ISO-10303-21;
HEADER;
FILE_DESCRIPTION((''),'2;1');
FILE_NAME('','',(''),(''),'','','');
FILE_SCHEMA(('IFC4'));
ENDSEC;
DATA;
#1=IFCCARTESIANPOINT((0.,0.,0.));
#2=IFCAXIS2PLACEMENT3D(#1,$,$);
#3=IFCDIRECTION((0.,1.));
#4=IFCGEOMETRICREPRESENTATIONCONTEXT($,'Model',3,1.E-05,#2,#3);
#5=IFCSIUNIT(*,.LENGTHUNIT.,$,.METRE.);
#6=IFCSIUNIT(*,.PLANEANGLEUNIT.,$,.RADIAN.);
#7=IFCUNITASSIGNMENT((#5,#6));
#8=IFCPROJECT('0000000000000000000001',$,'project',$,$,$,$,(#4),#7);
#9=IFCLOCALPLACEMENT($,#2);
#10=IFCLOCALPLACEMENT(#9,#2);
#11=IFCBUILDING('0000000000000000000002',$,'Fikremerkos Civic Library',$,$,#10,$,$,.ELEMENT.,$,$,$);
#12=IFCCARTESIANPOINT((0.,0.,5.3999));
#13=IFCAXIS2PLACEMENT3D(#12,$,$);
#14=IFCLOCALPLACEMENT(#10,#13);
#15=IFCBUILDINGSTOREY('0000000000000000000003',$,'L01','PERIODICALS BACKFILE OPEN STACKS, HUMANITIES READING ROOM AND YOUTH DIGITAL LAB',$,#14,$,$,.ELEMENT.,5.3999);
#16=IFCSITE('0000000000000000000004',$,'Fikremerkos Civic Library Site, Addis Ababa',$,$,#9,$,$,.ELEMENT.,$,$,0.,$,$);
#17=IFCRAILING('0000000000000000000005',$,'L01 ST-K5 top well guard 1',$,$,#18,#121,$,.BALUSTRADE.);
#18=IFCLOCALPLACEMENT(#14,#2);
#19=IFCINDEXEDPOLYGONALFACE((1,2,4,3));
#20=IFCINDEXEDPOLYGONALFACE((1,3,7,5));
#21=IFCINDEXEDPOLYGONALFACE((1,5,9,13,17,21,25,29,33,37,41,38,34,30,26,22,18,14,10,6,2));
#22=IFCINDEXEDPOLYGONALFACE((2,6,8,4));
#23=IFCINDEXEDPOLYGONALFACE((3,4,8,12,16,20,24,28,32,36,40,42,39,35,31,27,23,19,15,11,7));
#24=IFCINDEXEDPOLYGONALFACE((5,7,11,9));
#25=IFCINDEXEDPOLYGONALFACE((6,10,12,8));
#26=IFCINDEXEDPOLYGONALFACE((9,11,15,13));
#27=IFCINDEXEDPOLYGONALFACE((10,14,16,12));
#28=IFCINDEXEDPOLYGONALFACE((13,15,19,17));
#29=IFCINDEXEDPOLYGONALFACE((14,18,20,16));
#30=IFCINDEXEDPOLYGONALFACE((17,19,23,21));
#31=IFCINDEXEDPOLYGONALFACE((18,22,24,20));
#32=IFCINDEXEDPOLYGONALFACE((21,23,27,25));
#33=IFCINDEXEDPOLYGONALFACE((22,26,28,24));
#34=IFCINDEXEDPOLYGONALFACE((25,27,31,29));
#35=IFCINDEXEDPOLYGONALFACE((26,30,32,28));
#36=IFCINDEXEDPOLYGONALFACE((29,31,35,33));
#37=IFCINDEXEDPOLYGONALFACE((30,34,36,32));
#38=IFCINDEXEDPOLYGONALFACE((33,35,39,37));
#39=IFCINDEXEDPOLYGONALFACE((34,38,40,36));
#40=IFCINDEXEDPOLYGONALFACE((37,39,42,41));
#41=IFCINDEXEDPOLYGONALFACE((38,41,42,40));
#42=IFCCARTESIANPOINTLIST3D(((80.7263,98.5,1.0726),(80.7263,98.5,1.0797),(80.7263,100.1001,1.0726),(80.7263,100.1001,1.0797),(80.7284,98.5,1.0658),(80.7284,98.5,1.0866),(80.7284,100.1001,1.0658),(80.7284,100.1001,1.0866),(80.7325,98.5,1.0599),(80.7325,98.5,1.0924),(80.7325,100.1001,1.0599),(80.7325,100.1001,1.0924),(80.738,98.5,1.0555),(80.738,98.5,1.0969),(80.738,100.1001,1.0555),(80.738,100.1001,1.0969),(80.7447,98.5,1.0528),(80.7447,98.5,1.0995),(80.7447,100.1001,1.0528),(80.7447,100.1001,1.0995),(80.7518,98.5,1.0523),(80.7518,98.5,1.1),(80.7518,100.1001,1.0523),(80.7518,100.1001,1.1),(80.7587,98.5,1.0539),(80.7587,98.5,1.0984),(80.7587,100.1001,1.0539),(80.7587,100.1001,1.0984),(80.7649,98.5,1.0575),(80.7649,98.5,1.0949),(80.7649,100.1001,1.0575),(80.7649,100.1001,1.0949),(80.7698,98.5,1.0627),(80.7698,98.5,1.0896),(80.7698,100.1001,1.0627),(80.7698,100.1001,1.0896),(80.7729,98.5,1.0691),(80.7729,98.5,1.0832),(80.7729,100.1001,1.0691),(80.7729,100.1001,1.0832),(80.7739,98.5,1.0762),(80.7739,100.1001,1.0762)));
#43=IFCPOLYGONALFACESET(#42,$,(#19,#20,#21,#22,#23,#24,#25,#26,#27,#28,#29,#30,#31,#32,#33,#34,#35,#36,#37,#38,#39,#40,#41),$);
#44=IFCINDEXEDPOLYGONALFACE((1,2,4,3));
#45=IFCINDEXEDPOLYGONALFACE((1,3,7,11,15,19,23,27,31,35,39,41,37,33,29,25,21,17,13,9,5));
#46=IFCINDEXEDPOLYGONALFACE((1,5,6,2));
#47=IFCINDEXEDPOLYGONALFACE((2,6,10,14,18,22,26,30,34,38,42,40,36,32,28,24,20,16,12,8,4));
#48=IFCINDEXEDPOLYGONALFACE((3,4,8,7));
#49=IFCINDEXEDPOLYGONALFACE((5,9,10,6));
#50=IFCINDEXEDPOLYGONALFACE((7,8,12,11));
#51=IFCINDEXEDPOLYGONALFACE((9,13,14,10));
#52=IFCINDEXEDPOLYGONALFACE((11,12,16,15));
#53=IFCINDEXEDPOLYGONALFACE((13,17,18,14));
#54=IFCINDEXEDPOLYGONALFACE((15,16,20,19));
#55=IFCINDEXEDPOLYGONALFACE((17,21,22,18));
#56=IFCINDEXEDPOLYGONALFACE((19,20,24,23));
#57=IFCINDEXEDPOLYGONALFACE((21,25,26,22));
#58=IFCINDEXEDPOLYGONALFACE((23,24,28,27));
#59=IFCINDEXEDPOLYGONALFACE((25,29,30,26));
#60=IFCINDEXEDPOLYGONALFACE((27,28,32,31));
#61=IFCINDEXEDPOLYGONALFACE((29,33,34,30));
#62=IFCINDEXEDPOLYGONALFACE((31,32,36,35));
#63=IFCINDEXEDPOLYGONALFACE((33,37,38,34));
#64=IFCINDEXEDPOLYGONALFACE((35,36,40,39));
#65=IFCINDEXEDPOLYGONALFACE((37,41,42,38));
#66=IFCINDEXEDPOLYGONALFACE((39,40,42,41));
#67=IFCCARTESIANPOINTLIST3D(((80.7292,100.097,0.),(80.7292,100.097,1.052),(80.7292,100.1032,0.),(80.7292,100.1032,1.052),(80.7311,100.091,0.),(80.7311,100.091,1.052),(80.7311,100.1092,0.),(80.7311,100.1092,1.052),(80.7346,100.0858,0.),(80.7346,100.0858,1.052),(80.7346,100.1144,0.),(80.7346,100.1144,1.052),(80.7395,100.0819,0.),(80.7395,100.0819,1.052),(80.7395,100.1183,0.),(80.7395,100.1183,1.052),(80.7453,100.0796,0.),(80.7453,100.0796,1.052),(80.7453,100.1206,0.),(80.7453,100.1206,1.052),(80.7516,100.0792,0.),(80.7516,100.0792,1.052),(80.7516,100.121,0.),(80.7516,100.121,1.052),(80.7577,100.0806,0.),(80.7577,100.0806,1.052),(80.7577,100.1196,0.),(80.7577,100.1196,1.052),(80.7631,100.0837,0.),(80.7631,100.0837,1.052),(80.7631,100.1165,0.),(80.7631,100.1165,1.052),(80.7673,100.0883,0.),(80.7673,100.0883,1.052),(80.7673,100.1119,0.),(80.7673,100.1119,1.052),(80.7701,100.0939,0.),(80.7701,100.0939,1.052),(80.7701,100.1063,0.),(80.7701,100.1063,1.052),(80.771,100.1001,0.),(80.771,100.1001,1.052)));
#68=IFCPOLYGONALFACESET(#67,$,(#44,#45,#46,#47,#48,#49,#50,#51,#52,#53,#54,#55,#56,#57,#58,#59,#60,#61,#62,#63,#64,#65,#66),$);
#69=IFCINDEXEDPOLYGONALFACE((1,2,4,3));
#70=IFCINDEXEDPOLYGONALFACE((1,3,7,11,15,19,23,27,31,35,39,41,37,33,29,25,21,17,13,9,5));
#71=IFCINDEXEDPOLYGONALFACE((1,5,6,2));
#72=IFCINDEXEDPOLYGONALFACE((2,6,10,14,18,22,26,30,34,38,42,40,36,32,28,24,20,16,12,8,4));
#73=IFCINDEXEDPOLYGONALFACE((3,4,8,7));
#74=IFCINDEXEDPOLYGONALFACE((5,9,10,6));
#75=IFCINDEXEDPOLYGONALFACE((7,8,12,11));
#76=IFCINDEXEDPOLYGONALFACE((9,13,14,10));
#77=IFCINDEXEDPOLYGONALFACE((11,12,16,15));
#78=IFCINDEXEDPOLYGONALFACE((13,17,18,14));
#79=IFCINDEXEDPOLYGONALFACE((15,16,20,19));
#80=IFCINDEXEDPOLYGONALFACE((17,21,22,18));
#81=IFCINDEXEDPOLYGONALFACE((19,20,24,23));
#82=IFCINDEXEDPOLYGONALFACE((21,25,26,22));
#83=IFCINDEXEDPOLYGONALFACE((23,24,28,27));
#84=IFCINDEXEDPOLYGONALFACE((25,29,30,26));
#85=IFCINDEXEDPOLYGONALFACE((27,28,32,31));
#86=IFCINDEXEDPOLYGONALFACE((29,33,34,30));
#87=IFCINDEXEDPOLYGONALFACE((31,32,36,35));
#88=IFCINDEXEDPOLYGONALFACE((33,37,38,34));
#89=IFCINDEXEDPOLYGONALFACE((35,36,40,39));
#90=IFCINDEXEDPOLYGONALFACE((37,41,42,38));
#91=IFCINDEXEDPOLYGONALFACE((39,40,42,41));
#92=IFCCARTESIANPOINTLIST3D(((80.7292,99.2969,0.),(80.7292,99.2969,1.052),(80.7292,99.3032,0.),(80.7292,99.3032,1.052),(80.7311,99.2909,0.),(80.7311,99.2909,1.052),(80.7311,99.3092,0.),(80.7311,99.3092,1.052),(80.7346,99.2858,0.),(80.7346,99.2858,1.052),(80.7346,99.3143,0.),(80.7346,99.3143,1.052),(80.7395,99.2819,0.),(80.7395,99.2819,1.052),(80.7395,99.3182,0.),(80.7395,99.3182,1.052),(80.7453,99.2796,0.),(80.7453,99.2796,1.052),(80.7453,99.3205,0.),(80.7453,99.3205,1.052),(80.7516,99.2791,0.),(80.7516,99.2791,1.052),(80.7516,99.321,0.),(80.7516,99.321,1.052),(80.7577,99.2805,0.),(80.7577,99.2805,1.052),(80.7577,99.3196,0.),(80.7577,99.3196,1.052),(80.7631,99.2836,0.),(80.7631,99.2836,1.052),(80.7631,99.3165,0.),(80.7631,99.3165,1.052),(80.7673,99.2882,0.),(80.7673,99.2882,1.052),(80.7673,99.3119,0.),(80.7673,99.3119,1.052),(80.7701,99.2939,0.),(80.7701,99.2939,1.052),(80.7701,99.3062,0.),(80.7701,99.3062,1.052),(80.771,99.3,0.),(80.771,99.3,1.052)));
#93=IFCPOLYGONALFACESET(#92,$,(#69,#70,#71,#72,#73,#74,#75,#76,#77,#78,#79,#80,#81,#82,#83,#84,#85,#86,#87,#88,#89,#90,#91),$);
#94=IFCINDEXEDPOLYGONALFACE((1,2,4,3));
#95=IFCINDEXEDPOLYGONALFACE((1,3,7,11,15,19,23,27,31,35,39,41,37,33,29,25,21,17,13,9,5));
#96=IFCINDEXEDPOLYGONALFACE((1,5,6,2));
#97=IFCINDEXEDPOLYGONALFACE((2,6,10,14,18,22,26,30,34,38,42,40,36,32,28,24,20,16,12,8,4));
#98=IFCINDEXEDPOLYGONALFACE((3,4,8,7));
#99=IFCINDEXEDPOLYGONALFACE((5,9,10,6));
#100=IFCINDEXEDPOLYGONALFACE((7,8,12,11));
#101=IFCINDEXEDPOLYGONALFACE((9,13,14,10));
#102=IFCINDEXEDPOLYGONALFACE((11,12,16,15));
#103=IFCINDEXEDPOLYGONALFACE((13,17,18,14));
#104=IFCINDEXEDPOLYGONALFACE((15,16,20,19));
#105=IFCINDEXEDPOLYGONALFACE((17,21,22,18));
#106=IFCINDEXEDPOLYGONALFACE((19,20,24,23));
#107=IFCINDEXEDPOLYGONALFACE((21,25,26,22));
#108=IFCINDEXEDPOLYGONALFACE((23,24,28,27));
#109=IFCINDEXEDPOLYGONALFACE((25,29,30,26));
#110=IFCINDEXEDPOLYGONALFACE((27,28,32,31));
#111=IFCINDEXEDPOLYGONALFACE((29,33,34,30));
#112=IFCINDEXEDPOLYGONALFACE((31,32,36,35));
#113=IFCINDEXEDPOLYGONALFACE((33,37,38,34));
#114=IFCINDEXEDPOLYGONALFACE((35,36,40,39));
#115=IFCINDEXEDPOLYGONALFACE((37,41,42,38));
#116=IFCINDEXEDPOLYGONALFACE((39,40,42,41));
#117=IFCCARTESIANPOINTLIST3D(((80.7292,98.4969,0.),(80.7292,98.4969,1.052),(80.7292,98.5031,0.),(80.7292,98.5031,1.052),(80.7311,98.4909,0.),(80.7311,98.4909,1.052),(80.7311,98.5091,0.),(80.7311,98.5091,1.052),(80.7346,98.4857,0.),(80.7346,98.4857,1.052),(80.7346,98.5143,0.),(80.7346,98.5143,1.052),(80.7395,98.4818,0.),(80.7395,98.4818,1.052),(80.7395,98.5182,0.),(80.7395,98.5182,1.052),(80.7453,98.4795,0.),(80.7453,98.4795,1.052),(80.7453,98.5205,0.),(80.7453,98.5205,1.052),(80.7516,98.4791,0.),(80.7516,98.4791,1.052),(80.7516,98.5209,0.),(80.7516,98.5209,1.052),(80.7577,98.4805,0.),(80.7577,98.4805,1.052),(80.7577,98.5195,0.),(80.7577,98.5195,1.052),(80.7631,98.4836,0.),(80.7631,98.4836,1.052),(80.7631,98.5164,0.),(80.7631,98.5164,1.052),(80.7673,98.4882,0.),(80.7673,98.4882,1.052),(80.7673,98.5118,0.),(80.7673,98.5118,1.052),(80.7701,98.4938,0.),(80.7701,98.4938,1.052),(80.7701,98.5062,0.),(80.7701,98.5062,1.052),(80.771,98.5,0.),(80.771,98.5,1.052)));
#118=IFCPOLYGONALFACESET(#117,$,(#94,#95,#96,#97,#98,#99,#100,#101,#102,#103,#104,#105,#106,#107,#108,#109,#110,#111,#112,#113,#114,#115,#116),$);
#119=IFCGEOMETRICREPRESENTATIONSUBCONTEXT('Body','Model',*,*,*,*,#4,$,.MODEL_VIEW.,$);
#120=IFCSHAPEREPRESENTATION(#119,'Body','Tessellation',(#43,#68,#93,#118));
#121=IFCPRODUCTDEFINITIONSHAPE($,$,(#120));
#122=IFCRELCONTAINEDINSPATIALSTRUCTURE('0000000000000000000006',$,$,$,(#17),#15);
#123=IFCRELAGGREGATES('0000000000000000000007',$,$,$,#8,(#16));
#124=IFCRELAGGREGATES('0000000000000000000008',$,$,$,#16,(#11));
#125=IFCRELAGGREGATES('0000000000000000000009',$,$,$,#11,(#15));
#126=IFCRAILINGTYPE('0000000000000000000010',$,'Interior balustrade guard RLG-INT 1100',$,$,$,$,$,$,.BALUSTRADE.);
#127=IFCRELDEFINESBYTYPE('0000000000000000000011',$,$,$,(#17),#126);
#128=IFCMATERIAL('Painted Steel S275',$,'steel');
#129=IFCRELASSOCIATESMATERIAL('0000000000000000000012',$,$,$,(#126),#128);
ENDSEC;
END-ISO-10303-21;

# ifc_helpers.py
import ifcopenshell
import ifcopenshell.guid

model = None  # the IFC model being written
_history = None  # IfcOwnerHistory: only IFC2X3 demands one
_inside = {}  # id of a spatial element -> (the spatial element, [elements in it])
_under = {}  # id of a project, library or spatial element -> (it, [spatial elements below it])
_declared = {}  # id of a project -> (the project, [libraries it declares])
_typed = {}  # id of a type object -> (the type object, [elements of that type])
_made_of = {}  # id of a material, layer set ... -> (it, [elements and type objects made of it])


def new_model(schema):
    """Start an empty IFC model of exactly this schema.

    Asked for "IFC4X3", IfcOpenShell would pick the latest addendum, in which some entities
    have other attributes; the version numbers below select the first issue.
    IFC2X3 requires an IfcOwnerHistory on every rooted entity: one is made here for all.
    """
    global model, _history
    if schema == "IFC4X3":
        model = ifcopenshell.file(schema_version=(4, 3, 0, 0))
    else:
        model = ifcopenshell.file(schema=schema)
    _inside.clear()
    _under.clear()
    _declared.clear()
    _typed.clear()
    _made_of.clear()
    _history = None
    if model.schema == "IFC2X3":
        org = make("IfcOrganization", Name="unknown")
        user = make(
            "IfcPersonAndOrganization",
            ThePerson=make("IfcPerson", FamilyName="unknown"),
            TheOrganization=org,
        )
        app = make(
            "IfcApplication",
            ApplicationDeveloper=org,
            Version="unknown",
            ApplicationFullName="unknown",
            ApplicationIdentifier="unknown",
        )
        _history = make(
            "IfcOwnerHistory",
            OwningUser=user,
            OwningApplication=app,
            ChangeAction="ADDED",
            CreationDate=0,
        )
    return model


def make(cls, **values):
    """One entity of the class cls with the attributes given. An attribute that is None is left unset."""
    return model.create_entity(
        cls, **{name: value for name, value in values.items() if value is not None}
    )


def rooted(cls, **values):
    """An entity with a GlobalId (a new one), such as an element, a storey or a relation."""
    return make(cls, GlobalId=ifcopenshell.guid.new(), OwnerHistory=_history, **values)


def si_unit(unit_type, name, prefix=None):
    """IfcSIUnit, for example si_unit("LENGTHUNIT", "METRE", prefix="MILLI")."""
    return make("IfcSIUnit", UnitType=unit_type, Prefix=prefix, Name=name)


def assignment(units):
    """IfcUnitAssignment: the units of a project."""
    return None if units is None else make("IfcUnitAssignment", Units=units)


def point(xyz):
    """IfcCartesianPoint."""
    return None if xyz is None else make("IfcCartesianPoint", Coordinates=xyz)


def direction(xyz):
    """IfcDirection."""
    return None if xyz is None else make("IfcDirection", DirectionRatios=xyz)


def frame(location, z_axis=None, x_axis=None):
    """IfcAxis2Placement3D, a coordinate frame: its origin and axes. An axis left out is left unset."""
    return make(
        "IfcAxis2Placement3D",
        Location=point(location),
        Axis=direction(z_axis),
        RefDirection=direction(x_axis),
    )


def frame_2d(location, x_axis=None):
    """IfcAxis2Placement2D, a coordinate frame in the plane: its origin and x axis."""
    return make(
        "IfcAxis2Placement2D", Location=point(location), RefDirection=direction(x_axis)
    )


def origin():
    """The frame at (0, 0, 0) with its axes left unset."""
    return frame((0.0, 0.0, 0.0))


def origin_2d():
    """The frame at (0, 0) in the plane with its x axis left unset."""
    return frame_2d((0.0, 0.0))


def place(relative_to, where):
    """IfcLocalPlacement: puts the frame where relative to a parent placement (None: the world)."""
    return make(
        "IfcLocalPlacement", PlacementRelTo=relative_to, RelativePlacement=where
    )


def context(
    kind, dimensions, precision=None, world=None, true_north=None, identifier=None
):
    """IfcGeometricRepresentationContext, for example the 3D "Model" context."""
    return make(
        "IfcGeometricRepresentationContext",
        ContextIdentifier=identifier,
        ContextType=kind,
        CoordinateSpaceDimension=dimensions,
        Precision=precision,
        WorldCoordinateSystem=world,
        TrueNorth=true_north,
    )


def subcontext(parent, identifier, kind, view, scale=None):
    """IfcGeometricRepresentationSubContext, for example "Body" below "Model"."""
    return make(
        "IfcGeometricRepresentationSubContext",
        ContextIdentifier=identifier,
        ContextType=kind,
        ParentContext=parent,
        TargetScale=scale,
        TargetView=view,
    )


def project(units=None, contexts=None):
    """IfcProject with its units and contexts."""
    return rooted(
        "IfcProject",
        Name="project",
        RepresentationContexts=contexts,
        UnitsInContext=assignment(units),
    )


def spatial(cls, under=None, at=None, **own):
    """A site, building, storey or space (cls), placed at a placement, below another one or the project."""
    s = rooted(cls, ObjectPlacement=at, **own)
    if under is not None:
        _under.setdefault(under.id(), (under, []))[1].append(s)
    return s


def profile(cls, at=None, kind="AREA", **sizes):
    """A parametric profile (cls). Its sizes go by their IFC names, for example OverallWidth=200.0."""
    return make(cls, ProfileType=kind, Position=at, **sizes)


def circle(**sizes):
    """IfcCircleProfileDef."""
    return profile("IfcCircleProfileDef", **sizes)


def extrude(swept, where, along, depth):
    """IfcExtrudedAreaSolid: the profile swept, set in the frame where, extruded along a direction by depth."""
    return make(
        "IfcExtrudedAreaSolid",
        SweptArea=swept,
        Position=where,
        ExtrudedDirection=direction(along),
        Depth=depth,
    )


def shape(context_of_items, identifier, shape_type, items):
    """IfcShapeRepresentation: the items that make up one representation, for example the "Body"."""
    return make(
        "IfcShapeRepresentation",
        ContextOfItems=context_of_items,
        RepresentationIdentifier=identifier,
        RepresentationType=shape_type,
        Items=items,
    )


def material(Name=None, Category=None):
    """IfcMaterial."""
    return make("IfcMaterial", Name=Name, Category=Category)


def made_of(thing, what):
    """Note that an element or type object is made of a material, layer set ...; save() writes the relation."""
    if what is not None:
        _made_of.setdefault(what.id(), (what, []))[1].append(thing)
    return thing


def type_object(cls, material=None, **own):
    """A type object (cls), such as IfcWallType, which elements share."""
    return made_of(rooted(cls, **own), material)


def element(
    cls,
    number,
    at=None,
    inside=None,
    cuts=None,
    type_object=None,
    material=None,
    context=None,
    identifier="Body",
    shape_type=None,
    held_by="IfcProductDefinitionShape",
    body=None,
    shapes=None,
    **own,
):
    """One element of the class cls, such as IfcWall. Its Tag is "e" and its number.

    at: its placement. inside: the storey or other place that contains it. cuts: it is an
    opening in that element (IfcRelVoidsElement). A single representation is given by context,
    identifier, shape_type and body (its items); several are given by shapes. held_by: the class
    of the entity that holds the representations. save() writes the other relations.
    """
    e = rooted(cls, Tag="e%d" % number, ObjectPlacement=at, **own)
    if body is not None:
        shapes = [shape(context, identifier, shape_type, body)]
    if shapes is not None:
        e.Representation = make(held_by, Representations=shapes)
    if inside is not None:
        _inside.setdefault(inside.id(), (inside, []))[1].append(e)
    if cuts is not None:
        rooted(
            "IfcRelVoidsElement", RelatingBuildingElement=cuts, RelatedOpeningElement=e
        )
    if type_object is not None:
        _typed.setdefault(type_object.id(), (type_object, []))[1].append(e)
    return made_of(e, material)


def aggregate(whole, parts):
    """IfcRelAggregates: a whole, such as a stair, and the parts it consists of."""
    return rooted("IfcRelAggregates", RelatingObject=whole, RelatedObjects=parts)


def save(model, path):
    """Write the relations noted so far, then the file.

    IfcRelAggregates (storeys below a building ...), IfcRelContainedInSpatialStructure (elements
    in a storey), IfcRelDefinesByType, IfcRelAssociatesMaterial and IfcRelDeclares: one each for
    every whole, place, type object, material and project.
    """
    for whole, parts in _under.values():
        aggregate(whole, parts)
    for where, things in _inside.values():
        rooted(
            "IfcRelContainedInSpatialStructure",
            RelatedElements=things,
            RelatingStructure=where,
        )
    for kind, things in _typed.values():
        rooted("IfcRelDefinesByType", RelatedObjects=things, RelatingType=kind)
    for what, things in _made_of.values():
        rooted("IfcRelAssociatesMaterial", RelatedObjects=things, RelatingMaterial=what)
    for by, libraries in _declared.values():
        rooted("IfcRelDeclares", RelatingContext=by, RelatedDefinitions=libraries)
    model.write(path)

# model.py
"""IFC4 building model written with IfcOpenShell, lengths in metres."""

from ifc_helpers import new_model, si_unit, direction, frame, origin, origin_2d, place, context, subcontext, project, spatial, circle, extrude, material, type_object, element, save


model = new_model("IFC4")

# Units and contexts
model_context = context("Model", 3, precision=1e-05, world=origin(), true_north=direction((0.0, 1.0)))
body_context = subcontext(model_context, "Body", "Model", "MODEL_VIEW")
ifc_project = project(units=[si_unit("LENGTHUNIT", "METRE"), si_unit("PLANEANGLEUNIT", "RADIAN")], contexts=[model_context])

# Site, building, storey
site_placement = place(None, origin())
site = spatial("IfcSite", under=ifc_project, at=site_placement, Name="Fikremerkos Civic Library Site, Addis Ababa", CompositionType="ELEMENT", RefElevation=0.0)
building_placement = place(site_placement, origin())
building = spatial("IfcBuilding", under=site, at=building_placement, Name="Fikremerkos Civic Library", CompositionType="ELEMENT")
storey_placement = place(building_placement, frame((0.0, 0.0, 5.3999)))
storey = spatial("IfcBuildingStorey", under=building, at=storey_placement, Name="L01", Description="PERIODICALS BACKFILE OPEN STACKS, HUMANITIES READING ROOM AND YOUTH DIGITAL LAB", CompositionType="ELEMENT", Elevation=5.3999)

# Railing
ifc_material_1 = material(Name="Painted Steel S275", Category="steel")
railing_type = type_object("IfcRailingType", Name="Interior balustrade guard RLG-INT 1100", PredefinedType="BALUSTRADE", material=ifc_material_1)
railing_placement = place(storey_placement, frame((80.75, 100.1001, 0.0)))
element("IfcRailing", 1, at=railing_placement, inside=storey, type_object=railing_type, Name="L01 ST-K5 top well guard 1", PredefinedType="BALUSTRADE", context=body_context, shape_type="SweptSolid", body=[
    extrude(circle(Radius=0.0239, at=origin_2d()), frame((0.0, 0.0, 1.0762), z_axis=(0.0, -1.0, 0.0), x_axis=(1.0, 0.0, 0.0)), (0.0, 0.0, 1.0), 1.6001),
    extrude(circle(Radius=0.021, at=origin_2d()), origin(), (0.0, 0.0, 1.0), 1.052),
    extrude(circle(Radius=0.021, at=origin_2d()), frame((0.0, -0.8, 0.0)), (0.0, 0.0, 1.0), 1.052),
    extrude(circle(Radius=0.021, at=origin_2d()), frame((0.0, -1.6001, 0.0)), (0.0, 0.0, 1.0), 1.052),
])

save(model, "model.ifc")
